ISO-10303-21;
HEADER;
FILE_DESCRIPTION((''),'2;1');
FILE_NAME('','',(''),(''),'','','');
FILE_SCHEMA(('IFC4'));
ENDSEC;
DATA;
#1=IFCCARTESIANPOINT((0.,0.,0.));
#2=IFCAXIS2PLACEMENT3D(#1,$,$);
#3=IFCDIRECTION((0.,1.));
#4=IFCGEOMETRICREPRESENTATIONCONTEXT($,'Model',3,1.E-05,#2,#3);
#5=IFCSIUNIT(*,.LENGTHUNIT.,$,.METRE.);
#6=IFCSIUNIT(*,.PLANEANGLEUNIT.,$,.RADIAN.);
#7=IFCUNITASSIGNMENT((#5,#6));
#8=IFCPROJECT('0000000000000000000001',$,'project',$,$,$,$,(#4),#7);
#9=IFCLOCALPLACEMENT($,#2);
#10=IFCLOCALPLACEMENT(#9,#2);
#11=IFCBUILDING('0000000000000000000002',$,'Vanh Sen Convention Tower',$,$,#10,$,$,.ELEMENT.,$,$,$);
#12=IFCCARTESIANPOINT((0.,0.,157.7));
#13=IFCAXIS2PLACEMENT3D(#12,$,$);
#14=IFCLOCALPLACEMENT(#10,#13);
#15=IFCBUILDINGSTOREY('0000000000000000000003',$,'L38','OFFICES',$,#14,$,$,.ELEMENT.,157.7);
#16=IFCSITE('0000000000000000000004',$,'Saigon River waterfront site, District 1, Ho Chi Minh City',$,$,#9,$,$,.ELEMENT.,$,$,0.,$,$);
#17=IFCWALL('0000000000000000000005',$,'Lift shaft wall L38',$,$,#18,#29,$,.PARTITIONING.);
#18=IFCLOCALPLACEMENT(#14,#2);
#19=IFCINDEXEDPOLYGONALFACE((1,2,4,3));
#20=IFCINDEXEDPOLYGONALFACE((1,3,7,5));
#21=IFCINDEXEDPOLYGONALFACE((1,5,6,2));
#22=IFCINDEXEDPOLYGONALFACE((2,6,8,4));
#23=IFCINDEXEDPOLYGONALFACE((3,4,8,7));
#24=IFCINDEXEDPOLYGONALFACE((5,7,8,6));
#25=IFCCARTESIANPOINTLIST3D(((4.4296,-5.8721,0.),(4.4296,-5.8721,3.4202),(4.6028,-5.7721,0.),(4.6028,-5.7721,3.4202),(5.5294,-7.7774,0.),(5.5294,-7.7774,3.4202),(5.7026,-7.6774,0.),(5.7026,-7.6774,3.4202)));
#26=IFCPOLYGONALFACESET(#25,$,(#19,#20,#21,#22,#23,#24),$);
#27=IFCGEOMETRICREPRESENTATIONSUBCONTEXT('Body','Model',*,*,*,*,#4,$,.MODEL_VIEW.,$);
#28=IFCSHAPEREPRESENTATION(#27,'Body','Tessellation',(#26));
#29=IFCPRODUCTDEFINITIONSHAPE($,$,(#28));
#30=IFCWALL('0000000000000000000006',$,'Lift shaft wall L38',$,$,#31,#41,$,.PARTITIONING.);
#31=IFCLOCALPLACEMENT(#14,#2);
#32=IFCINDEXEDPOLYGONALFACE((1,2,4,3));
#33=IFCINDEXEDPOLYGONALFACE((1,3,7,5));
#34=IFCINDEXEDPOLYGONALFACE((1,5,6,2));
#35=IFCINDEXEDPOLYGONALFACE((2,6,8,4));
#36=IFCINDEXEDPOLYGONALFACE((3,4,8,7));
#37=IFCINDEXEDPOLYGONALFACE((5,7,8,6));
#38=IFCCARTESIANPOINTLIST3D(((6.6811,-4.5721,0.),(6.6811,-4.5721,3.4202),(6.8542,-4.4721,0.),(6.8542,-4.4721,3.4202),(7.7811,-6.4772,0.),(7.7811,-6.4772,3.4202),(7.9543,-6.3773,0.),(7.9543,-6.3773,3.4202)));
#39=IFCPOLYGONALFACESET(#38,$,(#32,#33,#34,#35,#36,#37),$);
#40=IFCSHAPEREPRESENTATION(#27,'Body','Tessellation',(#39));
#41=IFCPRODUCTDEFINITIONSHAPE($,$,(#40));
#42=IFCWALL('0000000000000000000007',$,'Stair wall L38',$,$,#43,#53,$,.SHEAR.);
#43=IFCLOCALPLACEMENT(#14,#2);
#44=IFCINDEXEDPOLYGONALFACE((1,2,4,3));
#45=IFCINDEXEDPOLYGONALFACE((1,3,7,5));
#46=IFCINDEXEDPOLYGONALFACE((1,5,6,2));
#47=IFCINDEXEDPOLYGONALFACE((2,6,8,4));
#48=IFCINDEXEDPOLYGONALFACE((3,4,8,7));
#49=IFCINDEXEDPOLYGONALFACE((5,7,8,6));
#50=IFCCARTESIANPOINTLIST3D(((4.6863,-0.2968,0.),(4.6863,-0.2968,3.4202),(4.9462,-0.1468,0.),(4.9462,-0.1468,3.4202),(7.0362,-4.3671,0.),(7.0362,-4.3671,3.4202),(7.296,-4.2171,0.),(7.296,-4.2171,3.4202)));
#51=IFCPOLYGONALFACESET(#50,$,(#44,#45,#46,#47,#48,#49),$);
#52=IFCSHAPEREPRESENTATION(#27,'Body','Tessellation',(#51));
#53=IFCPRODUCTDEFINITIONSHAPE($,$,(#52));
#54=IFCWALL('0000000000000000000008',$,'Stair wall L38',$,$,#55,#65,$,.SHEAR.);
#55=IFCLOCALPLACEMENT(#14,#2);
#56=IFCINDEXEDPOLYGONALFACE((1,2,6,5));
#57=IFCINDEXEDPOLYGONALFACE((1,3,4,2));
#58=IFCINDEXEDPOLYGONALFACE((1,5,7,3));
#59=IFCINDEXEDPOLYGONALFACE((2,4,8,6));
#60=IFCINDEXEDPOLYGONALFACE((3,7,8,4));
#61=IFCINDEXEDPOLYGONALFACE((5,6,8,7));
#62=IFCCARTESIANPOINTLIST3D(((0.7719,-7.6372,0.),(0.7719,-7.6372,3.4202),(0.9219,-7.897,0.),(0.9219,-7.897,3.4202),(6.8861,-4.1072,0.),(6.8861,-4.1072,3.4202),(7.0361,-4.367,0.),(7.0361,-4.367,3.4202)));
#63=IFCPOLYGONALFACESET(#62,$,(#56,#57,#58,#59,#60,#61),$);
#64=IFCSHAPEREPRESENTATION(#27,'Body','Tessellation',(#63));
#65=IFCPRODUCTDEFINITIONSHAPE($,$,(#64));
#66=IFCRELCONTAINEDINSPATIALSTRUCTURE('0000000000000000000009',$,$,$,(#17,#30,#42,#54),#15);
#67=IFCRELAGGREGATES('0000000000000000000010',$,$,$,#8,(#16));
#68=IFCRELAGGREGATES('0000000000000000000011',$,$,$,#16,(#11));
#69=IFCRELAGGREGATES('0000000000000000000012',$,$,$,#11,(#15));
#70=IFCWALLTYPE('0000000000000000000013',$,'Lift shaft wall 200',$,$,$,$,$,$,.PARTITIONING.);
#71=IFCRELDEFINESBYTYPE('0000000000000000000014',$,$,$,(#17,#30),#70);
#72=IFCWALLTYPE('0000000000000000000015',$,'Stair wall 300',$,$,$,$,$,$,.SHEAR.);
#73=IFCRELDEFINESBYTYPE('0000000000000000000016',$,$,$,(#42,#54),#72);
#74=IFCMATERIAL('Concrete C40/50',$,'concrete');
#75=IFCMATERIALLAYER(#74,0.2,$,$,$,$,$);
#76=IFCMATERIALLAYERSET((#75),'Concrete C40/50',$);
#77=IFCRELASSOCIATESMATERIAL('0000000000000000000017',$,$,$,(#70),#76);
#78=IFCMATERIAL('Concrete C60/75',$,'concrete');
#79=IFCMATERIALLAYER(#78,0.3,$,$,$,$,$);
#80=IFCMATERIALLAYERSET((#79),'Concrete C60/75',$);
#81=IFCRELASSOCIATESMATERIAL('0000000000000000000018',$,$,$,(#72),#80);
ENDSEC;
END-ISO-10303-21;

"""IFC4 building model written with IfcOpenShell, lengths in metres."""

from ifc_helpers import new_model, si_unit, direction, frame, frame_2d, origin, place, context, subcontext, project, spatial, rectangle, extrude, material, layer, layer_set, type_object, element, save


model = new_model("IFC4")

# Units and contexts
model_context = context("Model", 3, precision=1e-05, world=origin(), true_north=direction((0.0, 1.0)))
body_context = subcontext(model_context, "Body", "Model", "MODEL_VIEW")
ifc_project = project(units=[si_unit("LENGTHUNIT", "METRE"), si_unit("PLANEANGLEUNIT", "RADIAN")], contexts=[model_context])

# Site, building, storey
site_placement = place(None, origin())
site = spatial("IfcSite", under=ifc_project, at=site_placement, Name="Saigon River waterfront site, District 1, Ho Chi Minh City", CompositionType="ELEMENT", RefElevation=0.0)
building_placement = place(site_placement, origin())
building = spatial("IfcBuilding", under=site, at=building_placement, Name="Vanh Sen Convention Tower", CompositionType="ELEMENT")
storey_placement = place(building_placement, frame((0.0, 0.0, 157.7)))
storey = spatial("IfcBuildingStorey", under=building, at=storey_placement, Name="L38", Description="OFFICES", CompositionType="ELEMENT", Elevation=157.7)

# Shared definitions
ifc_material_1 = material(Name="Concrete C40/50", Category="concrete")

# Walls
ifc_layer_1 = layer(ifc_material_1, 0.2)
ifc_layer_set_1 = layer_set([ifc_layer_1], Name="Concrete C40/50")
wall_type_1 = type_object("IfcWallType", Name="Lift shaft wall 200", PredefinedType="PARTITIONING", material=ifc_layer_set_1)
for number, where, z_axis, x_axis, name in (
    (1, (4.5161, -5.822, 0.0), (0.0, 0.0, 1.0), (0.499947, -0.866056, 0.0), "Lift shaft wall L38"),
    (2, (6.7676, -4.522, 0.0), (0.0, 0.0, 1.0), (0.50003, -0.866008, 0.0), "Lift shaft wall L38"),
):
    element("IfcWall", number, at=place(storey_placement, frame(where, z_axis=z_axis, x_axis=x_axis)), inside=storey, type_object=wall_type_1, Name=name, PredefinedType="PARTITIONING", context=body_context, shape_type="SweptSolid", body=[
        extrude(rectangle(XDim=2.2, YDim=0.2, at=frame_2d((1.1001, 0.0))), origin(), (0.0, 0.0, 1.0), 3.4202),
    ])
ifc_material_2 = material(Name="Concrete C60/75", Category="concrete")
ifc_layer_2 = layer(ifc_material_2, 0.3)
ifc_layer_set_2 = layer_set([ifc_layer_2], Name="Concrete C60/75")
wall_type_2 = type_object("IfcWallType", Name="Stair wall 300", PredefinedType="SHEAR", material=ifc_layer_set_2)
wall_1_placement = place(storey_placement, frame((4.8162, -0.2217, 0.0), z_axis=(0.0, 0.0, 1.0), x_axis=(0.499977, -0.866039, 0.0)))
element("IfcWall", 3, at=wall_1_placement, inside=storey, type_object=wall_type_2, Name="Stair wall L38", PredefinedType="SHEAR", context=body_context, shape_type="SweptSolid", body=[
    extrude(rectangle(XDim=4.7, YDim=0.3, at=frame_2d((2.3501, 0.0))), origin(), (0.0, 0.0, 1.0), 3.4202),
])
wall_2_placement = place(storey_placement, frame((0.8469, -7.7671, 0.0), z_axis=(0.0, 0.0, 1.0), x_axis=(0.866028, 0.499996, 0.0)))
element("IfcWall", 4, at=wall_2_placement, inside=storey, type_object=wall_type_2, Name="Stair wall L38", PredefinedType="SHEAR", context=body_context, shape_type="SweptSolid", body=[
    extrude(rectangle(XDim=7.0601, YDim=0.3, at=frame_2d((3.53, 0.0))), origin(), (0.0, 0.0, 1.0), 3.4202),
])

save(model, "model.ifc")
